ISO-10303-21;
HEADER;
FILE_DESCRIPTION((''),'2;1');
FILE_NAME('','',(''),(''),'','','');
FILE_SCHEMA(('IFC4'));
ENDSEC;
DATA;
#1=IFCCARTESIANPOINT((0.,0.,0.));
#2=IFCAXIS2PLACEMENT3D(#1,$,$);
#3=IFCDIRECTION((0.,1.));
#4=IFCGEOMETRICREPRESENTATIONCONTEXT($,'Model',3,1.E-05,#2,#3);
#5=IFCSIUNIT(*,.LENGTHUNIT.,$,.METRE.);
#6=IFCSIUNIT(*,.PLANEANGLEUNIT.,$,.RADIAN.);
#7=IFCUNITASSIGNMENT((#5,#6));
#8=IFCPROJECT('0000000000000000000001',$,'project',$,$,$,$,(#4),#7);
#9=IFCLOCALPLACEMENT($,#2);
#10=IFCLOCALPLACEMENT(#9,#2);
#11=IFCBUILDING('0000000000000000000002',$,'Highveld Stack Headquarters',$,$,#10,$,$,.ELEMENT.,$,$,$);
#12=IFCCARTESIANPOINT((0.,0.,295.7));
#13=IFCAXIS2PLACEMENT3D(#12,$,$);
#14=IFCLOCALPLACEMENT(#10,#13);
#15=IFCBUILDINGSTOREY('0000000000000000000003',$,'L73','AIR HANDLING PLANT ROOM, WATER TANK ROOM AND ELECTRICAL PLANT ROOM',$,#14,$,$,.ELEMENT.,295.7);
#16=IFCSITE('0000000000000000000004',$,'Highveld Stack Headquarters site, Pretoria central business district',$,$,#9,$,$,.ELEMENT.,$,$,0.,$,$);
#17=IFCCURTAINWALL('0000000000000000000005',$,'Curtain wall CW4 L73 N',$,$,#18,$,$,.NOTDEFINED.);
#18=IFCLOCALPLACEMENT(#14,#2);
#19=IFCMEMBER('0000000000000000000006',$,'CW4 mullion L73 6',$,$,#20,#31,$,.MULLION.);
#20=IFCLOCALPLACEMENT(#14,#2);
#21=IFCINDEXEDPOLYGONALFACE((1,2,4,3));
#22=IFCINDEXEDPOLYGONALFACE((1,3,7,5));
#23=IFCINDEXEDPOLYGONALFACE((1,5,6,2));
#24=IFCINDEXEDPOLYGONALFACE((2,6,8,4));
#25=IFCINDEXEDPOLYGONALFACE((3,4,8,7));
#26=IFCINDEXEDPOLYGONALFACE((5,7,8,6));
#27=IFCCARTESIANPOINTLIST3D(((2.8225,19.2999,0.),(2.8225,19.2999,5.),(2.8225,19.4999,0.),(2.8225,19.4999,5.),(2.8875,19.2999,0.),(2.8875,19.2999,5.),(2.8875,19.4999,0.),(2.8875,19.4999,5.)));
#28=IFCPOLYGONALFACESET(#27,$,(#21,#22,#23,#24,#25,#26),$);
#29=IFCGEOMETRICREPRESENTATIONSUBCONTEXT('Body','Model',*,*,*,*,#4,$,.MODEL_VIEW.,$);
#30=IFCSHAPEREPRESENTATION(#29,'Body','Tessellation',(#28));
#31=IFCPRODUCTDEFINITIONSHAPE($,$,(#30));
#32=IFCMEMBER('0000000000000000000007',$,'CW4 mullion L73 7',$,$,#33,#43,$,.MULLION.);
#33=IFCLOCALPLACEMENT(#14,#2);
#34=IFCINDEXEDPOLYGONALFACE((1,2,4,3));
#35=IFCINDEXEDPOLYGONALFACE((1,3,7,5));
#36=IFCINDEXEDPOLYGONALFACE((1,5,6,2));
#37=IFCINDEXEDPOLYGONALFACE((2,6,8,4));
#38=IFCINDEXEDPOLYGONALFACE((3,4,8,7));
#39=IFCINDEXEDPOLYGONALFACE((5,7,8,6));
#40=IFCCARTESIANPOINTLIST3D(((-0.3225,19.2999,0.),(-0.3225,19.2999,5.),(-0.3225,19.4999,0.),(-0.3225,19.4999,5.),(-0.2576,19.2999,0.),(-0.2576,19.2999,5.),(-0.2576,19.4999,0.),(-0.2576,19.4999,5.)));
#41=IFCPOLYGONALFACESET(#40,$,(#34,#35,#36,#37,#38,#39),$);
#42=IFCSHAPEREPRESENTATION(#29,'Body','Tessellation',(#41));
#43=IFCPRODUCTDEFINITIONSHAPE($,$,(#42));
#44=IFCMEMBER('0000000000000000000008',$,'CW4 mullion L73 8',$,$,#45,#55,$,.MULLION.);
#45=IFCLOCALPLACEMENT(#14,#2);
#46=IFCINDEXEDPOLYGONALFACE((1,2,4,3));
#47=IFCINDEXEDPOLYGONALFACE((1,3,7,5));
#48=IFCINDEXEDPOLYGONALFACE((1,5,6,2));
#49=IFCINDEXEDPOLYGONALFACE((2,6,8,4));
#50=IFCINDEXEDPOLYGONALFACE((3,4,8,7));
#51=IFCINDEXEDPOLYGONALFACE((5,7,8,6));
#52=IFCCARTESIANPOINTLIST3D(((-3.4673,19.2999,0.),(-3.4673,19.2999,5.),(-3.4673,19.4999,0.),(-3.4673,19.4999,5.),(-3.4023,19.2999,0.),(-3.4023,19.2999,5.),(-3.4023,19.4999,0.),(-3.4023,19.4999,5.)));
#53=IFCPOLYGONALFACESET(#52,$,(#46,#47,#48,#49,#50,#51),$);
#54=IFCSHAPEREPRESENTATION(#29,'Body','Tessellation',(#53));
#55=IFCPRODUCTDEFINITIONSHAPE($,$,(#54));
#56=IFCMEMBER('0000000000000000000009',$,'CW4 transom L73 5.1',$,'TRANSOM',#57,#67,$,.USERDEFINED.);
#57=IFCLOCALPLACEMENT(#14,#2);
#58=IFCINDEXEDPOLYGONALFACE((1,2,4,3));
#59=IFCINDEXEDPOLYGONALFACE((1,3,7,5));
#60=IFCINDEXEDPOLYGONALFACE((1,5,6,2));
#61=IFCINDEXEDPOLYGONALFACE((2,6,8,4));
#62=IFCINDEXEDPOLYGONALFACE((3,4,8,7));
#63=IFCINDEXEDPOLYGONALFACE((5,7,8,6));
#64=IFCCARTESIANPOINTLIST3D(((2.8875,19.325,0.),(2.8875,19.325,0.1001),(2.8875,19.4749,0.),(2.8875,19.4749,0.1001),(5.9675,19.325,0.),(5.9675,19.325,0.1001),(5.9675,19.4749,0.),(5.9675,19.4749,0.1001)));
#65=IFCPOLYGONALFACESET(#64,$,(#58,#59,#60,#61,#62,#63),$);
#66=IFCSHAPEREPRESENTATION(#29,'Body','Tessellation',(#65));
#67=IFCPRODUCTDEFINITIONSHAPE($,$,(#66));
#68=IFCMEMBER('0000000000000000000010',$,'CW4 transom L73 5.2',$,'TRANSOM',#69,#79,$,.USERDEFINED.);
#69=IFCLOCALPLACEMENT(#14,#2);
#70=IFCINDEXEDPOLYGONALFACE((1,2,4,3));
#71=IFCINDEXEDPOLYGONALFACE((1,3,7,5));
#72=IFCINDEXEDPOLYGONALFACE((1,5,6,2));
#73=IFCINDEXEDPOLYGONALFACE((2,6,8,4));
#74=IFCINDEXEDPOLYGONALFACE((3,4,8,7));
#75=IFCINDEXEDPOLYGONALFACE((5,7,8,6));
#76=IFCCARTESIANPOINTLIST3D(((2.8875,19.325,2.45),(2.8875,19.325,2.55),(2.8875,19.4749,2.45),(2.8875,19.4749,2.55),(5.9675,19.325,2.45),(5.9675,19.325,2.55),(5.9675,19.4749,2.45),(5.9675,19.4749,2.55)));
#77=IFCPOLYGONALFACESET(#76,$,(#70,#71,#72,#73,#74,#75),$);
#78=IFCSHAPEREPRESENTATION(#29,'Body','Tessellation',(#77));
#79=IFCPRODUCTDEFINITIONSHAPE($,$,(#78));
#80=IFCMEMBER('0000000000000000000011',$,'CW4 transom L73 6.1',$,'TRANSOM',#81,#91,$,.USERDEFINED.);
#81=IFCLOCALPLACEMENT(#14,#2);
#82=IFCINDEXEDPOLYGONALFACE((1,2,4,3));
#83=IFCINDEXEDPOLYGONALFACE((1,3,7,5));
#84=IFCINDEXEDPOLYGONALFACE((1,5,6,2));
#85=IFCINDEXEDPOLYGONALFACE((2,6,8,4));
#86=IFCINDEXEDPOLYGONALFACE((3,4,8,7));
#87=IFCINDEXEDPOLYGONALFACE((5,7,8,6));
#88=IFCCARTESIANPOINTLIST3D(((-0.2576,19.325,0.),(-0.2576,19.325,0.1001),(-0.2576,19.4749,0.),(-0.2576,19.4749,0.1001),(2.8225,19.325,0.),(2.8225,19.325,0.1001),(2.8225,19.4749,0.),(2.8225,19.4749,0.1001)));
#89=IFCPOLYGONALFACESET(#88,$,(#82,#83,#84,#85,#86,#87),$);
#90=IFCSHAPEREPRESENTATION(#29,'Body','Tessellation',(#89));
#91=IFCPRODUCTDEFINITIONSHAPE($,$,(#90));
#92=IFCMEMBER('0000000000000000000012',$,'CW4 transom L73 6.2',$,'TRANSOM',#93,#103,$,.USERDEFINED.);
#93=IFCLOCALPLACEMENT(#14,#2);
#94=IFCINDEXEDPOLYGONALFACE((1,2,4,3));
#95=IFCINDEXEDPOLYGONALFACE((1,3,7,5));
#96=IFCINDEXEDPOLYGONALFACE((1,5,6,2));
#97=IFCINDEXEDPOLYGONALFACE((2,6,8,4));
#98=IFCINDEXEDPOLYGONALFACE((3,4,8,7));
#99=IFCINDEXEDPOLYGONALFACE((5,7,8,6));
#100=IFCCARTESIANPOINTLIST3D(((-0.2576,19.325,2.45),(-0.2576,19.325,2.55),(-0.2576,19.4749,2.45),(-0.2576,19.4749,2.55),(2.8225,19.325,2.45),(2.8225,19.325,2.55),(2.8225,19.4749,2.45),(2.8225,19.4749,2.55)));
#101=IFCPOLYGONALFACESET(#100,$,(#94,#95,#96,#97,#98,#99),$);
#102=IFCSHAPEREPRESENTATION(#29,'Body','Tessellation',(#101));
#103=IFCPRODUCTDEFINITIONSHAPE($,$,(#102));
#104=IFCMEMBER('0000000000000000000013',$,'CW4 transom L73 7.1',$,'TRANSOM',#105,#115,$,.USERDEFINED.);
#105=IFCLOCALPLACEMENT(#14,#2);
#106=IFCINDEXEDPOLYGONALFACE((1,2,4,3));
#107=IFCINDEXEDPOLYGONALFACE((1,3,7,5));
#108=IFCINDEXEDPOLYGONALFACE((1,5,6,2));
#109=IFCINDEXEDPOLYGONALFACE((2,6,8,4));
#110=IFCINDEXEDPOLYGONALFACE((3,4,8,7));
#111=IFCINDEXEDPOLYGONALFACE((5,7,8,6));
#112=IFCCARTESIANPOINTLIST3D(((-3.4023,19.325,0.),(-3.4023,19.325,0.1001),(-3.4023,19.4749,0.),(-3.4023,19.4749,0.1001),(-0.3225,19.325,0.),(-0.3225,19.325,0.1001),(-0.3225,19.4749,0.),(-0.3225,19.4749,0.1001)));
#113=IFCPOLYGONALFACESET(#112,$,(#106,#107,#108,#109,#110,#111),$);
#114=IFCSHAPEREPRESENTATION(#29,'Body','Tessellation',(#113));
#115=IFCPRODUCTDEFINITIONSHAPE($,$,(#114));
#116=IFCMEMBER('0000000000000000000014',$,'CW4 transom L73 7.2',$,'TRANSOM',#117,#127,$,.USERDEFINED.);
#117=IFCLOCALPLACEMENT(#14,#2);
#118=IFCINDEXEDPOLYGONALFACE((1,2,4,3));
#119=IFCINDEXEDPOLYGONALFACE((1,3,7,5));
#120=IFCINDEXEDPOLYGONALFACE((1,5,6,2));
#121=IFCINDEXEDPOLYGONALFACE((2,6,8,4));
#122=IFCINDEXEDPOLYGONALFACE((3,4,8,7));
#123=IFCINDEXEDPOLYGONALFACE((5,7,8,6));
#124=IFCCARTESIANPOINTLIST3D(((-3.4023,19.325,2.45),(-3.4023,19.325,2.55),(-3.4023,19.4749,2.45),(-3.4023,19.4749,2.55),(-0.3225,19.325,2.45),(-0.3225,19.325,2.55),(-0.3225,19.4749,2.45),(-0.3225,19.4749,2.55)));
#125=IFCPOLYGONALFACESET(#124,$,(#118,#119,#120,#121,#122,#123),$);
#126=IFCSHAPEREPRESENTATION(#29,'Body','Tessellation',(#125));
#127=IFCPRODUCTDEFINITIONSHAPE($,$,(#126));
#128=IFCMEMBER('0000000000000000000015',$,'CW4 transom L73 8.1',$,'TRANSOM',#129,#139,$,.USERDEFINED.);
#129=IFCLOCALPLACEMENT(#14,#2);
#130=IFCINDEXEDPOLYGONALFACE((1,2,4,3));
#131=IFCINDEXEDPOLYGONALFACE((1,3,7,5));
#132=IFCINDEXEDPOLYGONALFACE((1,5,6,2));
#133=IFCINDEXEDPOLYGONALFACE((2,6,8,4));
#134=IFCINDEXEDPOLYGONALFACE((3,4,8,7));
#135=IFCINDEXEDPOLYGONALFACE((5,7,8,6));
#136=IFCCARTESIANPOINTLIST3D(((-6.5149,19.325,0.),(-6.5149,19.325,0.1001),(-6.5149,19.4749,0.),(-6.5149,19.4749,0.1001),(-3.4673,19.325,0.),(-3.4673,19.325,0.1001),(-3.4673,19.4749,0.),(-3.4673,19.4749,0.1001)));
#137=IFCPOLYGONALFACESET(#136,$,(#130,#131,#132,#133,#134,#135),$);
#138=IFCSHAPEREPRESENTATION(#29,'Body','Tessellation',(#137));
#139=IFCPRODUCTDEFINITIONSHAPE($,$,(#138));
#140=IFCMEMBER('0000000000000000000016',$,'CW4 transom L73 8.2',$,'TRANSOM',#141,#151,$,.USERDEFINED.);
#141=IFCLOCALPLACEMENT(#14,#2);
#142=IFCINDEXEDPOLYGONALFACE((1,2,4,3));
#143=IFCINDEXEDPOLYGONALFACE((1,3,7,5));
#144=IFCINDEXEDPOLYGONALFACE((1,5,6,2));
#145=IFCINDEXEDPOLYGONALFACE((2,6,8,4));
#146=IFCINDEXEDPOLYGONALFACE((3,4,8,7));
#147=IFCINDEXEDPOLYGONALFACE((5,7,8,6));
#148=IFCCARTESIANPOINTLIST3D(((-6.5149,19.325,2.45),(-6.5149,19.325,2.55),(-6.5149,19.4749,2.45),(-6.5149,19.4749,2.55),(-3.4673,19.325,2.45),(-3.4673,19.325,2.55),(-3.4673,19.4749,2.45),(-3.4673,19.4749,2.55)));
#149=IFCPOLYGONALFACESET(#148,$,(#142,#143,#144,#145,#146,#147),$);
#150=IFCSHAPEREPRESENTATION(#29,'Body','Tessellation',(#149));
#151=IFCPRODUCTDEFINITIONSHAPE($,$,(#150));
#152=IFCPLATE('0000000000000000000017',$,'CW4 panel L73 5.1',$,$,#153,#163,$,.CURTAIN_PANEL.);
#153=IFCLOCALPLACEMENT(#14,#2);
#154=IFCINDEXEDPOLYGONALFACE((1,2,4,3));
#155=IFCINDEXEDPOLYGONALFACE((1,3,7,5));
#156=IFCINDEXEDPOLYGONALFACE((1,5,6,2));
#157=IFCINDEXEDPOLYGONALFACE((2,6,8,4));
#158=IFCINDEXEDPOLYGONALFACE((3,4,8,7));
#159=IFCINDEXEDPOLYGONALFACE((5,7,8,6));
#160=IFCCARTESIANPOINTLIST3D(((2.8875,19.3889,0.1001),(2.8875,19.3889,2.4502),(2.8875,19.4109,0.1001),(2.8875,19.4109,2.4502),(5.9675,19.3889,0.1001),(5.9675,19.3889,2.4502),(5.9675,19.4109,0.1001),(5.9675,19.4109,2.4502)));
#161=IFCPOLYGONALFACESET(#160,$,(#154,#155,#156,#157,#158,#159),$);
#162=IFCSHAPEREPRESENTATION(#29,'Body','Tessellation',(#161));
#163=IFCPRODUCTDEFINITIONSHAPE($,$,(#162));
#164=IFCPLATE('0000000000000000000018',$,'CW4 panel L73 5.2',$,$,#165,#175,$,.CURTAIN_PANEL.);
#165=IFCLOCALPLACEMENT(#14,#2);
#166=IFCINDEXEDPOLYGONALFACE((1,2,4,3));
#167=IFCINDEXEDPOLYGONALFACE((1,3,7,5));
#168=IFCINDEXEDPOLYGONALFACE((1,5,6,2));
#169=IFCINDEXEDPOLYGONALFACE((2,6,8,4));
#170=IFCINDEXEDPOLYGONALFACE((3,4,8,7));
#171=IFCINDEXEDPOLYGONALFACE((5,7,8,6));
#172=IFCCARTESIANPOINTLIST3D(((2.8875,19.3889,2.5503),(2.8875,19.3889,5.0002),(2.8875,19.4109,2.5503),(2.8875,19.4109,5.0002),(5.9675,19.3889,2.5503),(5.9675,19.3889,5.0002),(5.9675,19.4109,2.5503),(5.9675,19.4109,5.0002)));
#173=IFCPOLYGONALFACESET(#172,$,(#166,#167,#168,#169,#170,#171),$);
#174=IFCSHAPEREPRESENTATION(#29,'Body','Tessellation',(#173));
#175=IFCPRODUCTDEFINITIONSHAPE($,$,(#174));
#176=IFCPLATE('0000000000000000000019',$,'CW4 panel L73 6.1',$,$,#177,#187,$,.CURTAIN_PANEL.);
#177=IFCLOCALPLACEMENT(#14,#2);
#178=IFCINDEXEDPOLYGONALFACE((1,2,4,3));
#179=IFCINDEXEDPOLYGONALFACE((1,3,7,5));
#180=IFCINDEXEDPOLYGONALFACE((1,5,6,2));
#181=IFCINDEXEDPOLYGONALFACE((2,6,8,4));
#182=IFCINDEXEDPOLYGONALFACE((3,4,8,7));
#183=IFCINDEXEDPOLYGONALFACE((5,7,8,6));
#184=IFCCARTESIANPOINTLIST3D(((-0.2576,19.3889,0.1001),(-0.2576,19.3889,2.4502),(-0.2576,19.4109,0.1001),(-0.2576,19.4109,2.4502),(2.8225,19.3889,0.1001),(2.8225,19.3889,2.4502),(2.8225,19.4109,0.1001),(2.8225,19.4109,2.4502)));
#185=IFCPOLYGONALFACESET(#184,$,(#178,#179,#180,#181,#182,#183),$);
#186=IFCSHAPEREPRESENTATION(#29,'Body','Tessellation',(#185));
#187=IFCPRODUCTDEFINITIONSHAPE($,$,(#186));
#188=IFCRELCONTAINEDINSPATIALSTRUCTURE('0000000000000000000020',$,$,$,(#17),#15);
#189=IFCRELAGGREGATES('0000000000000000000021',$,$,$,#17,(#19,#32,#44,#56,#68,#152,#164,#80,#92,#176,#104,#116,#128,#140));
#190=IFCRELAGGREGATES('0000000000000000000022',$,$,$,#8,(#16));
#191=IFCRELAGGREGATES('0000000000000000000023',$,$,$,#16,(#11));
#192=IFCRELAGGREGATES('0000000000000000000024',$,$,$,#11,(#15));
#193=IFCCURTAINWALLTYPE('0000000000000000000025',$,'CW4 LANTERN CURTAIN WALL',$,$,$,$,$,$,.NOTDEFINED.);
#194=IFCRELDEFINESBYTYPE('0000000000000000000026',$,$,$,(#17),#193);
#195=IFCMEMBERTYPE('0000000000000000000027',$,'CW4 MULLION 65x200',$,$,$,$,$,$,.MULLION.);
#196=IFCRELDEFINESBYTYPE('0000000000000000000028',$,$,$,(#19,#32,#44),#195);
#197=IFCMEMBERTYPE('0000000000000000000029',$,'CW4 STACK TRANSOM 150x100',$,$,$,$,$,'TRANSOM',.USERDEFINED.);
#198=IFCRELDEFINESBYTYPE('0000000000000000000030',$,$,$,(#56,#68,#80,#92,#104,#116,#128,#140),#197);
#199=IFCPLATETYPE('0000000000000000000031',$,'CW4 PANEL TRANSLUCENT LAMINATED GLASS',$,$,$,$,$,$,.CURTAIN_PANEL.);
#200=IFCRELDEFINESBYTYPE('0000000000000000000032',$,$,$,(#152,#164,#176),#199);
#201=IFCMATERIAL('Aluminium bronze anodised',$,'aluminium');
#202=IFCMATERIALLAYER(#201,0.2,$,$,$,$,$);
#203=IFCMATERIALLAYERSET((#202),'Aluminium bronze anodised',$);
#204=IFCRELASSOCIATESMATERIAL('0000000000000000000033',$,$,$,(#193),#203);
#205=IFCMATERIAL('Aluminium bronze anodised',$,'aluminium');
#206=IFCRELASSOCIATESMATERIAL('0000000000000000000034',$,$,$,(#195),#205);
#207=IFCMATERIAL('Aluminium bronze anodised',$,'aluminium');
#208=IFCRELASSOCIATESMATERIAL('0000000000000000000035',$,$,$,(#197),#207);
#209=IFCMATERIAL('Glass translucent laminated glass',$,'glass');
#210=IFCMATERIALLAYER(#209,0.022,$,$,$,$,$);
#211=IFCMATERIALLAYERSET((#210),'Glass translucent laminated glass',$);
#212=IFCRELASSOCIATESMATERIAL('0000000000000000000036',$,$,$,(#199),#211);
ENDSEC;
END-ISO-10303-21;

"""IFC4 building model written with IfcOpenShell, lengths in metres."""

from ifc_helpers import new_model, si_unit, direction, frame, origin, origin_2d, place, context, subcontext, project, spatial, rectangle, extrude, material, layer, layer_set, material_profile, profile_set, type_object, element, aggregate, save


model = new_model("IFC4")

# Units and contexts
model_context = context("Model", 3, precision=1e-05, world=origin(), true_north=direction((0.0, 1.0)))
body_context = subcontext(model_context, "Body", "Model", "MODEL_VIEW")
ifc_project = project(units=[si_unit("LENGTHUNIT", "METRE"), si_unit("PLANEANGLEUNIT", "RADIAN")], contexts=[model_context])

# Site, building, storey
site_placement = place(None, origin())
site = spatial("IfcSite", under=ifc_project, at=site_placement, Name="Highveld Stack Headquarters site, Pretoria central business district", CompositionType="ELEMENT", RefElevation=0.0)
building_placement = place(site_placement, origin())
building = spatial("IfcBuilding", under=site, at=building_placement, Name="Highveld Stack Headquarters", CompositionType="ELEMENT")
storey_placement = place(building_placement, frame((0.0, 0.0, 295.7)))
storey = spatial("IfcBuildingStorey", under=building, at=storey_placement, Name="L73", Description="AIR HANDLING PLANT ROOM, WATER TANK ROOM AND ELECTRICAL PLANT ROOM", CompositionType="ELEMENT", Elevation=295.7)

# Curtain wall, members, plates
ifc_material_1 = material(Name="Aluminium bronze anodised", Category="aluminium")
ifc_layer_1 = layer(ifc_material_1, 0.2)
ifc_layer_set_1 = layer_set([ifc_layer_1], Name="Aluminium bronze anodised")
curtain_wall_type = type_object("IfcCurtainWallType", Name="CW4 LANTERN CURTAIN WALL", PredefinedType="NOTDEFINED", material=ifc_layer_set_1)
curtain_wall_placement = place(storey_placement, origin())
curtain_wall = element("IfcCurtainWall", 1, at=curtain_wall_placement, inside=storey, type_object=curtain_wall_type, Name="Curtain wall CW4 L73 N", PredefinedType="NOTDEFINED")
ifc_material_2 = material(Name="Aluminium bronze anodised", Category="aluminium")
ifc_material_profile_1 = material_profile(ifc_material_2, rectangle(XDim=0.2, YDim=0.0649, at=origin_2d()), Name="CW4 MULLION 65x200")
ifc_profile_set_1 = profile_set([ifc_material_profile_1], Name="Aluminium bronze anodised")
member_type_1 = type_object("IfcMemberType", Name="CW4 MULLION 65x200", PredefinedType="MULLION", material=ifc_profile_set_1)
member_1_placement = place(storey_placement, frame((2.855, 19.3999, 0.0), z_axis=(0.0, 0.0, 1.0), x_axis=(0.0, -1.0, 0.0)))
member_1 = element("IfcMember", 2, at=member_1_placement, type_object=member_type_1, Name="CW4 mullion L73 6", PredefinedType="MULLION", context=body_context, shape_type="SweptSolid", body=[
    extrude(rectangle(XDim=0.2, YDim=0.0649, at=origin_2d()), origin(), (0.0, 0.0, 1.0), 5.0),
])
member_2_placement = place(storey_placement, frame((-0.29, 19.3999, 0.0), z_axis=(0.0, 0.0, 1.0), x_axis=(0.0, -1.0, 0.0)))
member_2 = element("IfcMember", 3, at=member_2_placement, type_object=member_type_1, Name="CW4 mullion L73 7", PredefinedType="MULLION", context=body_context, shape_type="SweptSolid", body=[
    extrude(rectangle(XDim=0.2, YDim=0.0649, at=origin_2d()), origin(), (0.0, 0.0, 1.0), 5.0),
])
member_3_placement = place(storey_placement, frame((-3.4348, 19.3999, 0.0), z_axis=(0.0, 0.0, 1.0), x_axis=(0.0, -1.0, 0.0)))
member_3 = element("IfcMember", 4, at=member_3_placement, type_object=member_type_1, Name="CW4 mullion L73 8", PredefinedType="MULLION", context=body_context, shape_type="SweptSolid", body=[
    extrude(rectangle(XDim=0.2, YDim=0.0649, at=origin_2d()), origin(), (0.0, 0.0, 1.0), 5.0),
])
ifc_material_3 = material(Name="Aluminium bronze anodised", Category="aluminium")
ifc_material_profile_2 = material_profile(ifc_material_3, rectangle(XDim=0.1499, YDim=0.1001, at=origin_2d()), Name="CW4 TRANSOM 150x100")
ifc_profile_set_2 = profile_set([ifc_material_profile_2], Name="Aluminium bronze anodised")
member_type_2 = type_object("IfcMemberType", Name="CW4 STACK TRANSOM 150x100", ElementType="TRANSOM", PredefinedType="USERDEFINED", material=ifc_profile_set_2)
member_4_placement = place(storey_placement, frame((5.9675, 19.3999, 0.05), z_axis=(-1.0, 0.0, 0.0), x_axis=(0.0, -1.0, 0.0)))
member_4 = element("IfcMember", 5, at=member_4_placement, type_object=member_type_2, Name="CW4 transom L73 5.1", ObjectType="TRANSOM", PredefinedType="USERDEFINED", context=body_context, shape_type="SweptSolid", body=[
    extrude(rectangle(XDim=0.1499, YDim=0.1001, at=origin_2d()), origin(), (0.0, 0.0, 1.0), 3.0801),
])
member_5_placement = place(storey_placement, frame((5.9675, 19.3999, 2.5), z_axis=(-1.0, 0.0, 0.0), x_axis=(0.0, -1.0, 0.0)))
member_5 = element("IfcMember", 6, at=member_5_placement, type_object=member_type_2, Name="CW4 transom L73 5.2", ObjectType="TRANSOM", PredefinedType="USERDEFINED", context=body_context, shape_type="SweptSolid", body=[
    extrude(rectangle(XDim=0.1499, YDim=0.1001, at=origin_2d()), origin(), (0.0, 0.0, 1.0), 3.0801),
])
member_6_placement = place(storey_placement, frame((2.8225, 19.3999, 0.05), z_axis=(-1.0, 0.0, 0.0), x_axis=(0.0, -1.0, 0.0)))
member_6 = element("IfcMember", 7, at=member_6_placement, type_object=member_type_2, Name="CW4 transom L73 6.1", ObjectType="TRANSOM", PredefinedType="USERDEFINED", context=body_context, shape_type="SweptSolid", body=[
    extrude(rectangle(XDim=0.1499, YDim=0.1001, at=origin_2d()), origin(), (0.0, 0.0, 1.0), 3.0801),
])
member_7_placement = place(storey_placement, frame((2.8225, 19.3999, 2.5), z_axis=(-1.0, 0.0, 0.0), x_axis=(0.0, -1.0, 0.0)))
member_7 = element("IfcMember", 8, at=member_7_placement, type_object=member_type_2, Name="CW4 transom L73 6.2", ObjectType="TRANSOM", PredefinedType="USERDEFINED", context=body_context, shape_type="SweptSolid", body=[
    extrude(rectangle(XDim=0.1499, YDim=0.1001, at=origin_2d()), origin(), (0.0, 0.0, 1.0), 3.0801),
])
member_8_placement = place(storey_placement, frame((-0.3225, 19.3999, 0.05), z_axis=(-1.0, 0.0, 0.0), x_axis=(0.0, -1.0, 0.0)))
member_8 = element("IfcMember", 9, at=member_8_placement, type_object=member_type_2, Name="CW4 transom L73 7.1", ObjectType="TRANSOM", PredefinedType="USERDEFINED", context=body_context, shape_type="SweptSolid", body=[
    extrude(rectangle(XDim=0.1499, YDim=0.1001, at=origin_2d()), origin(), (0.0, 0.0, 1.0), 3.0798),
])
member_9_placement = place(storey_placement, frame((-0.3225, 19.3999, 2.5), z_axis=(-1.0, 0.0, 0.0), x_axis=(0.0, -1.0, 0.0)))
member_9 = element("IfcMember", 10, at=member_9_placement, type_object=member_type_2, Name="CW4 transom L73 7.2", ObjectType="TRANSOM", PredefinedType="USERDEFINED", context=body_context, shape_type="SweptSolid", body=[
    extrude(rectangle(XDim=0.1499, YDim=0.1001, at=origin_2d()), origin(), (0.0, 0.0, 1.0), 3.0798),
])
member_10_placement = place(storey_placement, frame((-3.4673, 19.3999, 0.05), z_axis=(-1.0, 0.0, 0.0), x_axis=(0.0, -1.0, 0.0)))
member_10 = element("IfcMember", 11, at=member_10_placement, type_object=member_type_2, Name="CW4 transom L73 8.1", ObjectType="TRANSOM", PredefinedType="USERDEFINED", context=body_context, shape_type="SweptSolid", body=[
    extrude(rectangle(XDim=0.1499, YDim=0.1001, at=origin_2d()), origin(), (0.0, 0.0, 1.0), 3.0476),
])
member_11_placement = place(storey_placement, frame((-3.4673, 19.3999, 2.5), z_axis=(-1.0, 0.0, 0.0), x_axis=(0.0, -1.0, 0.0)))
member_11 = element("IfcMember", 12, at=member_11_placement, type_object=member_type_2, Name="CW4 transom L73 8.2", ObjectType="TRANSOM", PredefinedType="USERDEFINED", context=body_context, shape_type="SweptSolid", body=[
    extrude(rectangle(XDim=0.1499, YDim=0.1001, at=origin_2d()), origin(), (0.0, 0.0, 1.0), 3.0476),
])
ifc_material_4 = material(Name="Glass translucent laminated glass", Category="glass")
ifc_layer_2 = layer(ifc_material_4, 0.022)
ifc_layer_set_2 = layer_set([ifc_layer_2], Name="Glass translucent laminated glass")
plate_type = type_object("IfcPlateType", Name="CW4 PANEL TRANSLUCENT LAMINATED GLASS", PredefinedType="CURTAIN_PANEL", material=ifc_layer_set_2)
plate_1_placement = place(storey_placement, frame((4.4275, 19.3999, 0.1001), z_axis=(0.0, 0.0, 1.0), x_axis=(-1.0, 0.0, 0.0)))
plate_1 = element("IfcPlate", 13, at=plate_1_placement, type_object=plate_type, Name="CW4 panel L73 5.1", PredefinedType="CURTAIN_PANEL", context=body_context, shape_type="SweptSolid", body=[
    extrude(rectangle(XDim=3.0801, YDim=0.022, at=origin_2d()), origin(), (0.0, 0.0, 1.0), 2.3501),
])
plate_2_placement = place(storey_placement, frame((4.4275, 19.3999, 2.5503), z_axis=(0.0, 0.0, 1.0), x_axis=(-1.0, 0.0, 0.0)))
plate_2 = element("IfcPlate", 14, at=plate_2_placement, type_object=plate_type, Name="CW4 panel L73 5.2", PredefinedType="CURTAIN_PANEL", context=body_context, shape_type="SweptSolid", body=[
    extrude(rectangle(XDim=3.0801, YDim=0.022, at=origin_2d()), origin(), (0.0, 0.0, 1.0), 2.45),
])
plate_3_placement = place(storey_placement, frame((1.2825, 19.3999, 0.1001), z_axis=(0.0, 0.0, 1.0), x_axis=(-1.0, 0.0, 0.0)))
plate_3 = element("IfcPlate", 15, at=plate_3_placement, type_object=plate_type, Name="CW4 panel L73 6.1", PredefinedType="CURTAIN_PANEL", context=body_context, shape_type="SweptSolid", body=[
    extrude(rectangle(XDim=3.0801, YDim=0.022, at=origin_2d()), origin(), (0.0, 0.0, 1.0), 2.3501),
])
aggregate(curtain_wall, [member_1, member_2, member_3, member_4, member_5, plate_1, plate_2, member_6, member_7, plate_3, member_8, member_9, member_10, member_11])

save(model, "model.ifc")
